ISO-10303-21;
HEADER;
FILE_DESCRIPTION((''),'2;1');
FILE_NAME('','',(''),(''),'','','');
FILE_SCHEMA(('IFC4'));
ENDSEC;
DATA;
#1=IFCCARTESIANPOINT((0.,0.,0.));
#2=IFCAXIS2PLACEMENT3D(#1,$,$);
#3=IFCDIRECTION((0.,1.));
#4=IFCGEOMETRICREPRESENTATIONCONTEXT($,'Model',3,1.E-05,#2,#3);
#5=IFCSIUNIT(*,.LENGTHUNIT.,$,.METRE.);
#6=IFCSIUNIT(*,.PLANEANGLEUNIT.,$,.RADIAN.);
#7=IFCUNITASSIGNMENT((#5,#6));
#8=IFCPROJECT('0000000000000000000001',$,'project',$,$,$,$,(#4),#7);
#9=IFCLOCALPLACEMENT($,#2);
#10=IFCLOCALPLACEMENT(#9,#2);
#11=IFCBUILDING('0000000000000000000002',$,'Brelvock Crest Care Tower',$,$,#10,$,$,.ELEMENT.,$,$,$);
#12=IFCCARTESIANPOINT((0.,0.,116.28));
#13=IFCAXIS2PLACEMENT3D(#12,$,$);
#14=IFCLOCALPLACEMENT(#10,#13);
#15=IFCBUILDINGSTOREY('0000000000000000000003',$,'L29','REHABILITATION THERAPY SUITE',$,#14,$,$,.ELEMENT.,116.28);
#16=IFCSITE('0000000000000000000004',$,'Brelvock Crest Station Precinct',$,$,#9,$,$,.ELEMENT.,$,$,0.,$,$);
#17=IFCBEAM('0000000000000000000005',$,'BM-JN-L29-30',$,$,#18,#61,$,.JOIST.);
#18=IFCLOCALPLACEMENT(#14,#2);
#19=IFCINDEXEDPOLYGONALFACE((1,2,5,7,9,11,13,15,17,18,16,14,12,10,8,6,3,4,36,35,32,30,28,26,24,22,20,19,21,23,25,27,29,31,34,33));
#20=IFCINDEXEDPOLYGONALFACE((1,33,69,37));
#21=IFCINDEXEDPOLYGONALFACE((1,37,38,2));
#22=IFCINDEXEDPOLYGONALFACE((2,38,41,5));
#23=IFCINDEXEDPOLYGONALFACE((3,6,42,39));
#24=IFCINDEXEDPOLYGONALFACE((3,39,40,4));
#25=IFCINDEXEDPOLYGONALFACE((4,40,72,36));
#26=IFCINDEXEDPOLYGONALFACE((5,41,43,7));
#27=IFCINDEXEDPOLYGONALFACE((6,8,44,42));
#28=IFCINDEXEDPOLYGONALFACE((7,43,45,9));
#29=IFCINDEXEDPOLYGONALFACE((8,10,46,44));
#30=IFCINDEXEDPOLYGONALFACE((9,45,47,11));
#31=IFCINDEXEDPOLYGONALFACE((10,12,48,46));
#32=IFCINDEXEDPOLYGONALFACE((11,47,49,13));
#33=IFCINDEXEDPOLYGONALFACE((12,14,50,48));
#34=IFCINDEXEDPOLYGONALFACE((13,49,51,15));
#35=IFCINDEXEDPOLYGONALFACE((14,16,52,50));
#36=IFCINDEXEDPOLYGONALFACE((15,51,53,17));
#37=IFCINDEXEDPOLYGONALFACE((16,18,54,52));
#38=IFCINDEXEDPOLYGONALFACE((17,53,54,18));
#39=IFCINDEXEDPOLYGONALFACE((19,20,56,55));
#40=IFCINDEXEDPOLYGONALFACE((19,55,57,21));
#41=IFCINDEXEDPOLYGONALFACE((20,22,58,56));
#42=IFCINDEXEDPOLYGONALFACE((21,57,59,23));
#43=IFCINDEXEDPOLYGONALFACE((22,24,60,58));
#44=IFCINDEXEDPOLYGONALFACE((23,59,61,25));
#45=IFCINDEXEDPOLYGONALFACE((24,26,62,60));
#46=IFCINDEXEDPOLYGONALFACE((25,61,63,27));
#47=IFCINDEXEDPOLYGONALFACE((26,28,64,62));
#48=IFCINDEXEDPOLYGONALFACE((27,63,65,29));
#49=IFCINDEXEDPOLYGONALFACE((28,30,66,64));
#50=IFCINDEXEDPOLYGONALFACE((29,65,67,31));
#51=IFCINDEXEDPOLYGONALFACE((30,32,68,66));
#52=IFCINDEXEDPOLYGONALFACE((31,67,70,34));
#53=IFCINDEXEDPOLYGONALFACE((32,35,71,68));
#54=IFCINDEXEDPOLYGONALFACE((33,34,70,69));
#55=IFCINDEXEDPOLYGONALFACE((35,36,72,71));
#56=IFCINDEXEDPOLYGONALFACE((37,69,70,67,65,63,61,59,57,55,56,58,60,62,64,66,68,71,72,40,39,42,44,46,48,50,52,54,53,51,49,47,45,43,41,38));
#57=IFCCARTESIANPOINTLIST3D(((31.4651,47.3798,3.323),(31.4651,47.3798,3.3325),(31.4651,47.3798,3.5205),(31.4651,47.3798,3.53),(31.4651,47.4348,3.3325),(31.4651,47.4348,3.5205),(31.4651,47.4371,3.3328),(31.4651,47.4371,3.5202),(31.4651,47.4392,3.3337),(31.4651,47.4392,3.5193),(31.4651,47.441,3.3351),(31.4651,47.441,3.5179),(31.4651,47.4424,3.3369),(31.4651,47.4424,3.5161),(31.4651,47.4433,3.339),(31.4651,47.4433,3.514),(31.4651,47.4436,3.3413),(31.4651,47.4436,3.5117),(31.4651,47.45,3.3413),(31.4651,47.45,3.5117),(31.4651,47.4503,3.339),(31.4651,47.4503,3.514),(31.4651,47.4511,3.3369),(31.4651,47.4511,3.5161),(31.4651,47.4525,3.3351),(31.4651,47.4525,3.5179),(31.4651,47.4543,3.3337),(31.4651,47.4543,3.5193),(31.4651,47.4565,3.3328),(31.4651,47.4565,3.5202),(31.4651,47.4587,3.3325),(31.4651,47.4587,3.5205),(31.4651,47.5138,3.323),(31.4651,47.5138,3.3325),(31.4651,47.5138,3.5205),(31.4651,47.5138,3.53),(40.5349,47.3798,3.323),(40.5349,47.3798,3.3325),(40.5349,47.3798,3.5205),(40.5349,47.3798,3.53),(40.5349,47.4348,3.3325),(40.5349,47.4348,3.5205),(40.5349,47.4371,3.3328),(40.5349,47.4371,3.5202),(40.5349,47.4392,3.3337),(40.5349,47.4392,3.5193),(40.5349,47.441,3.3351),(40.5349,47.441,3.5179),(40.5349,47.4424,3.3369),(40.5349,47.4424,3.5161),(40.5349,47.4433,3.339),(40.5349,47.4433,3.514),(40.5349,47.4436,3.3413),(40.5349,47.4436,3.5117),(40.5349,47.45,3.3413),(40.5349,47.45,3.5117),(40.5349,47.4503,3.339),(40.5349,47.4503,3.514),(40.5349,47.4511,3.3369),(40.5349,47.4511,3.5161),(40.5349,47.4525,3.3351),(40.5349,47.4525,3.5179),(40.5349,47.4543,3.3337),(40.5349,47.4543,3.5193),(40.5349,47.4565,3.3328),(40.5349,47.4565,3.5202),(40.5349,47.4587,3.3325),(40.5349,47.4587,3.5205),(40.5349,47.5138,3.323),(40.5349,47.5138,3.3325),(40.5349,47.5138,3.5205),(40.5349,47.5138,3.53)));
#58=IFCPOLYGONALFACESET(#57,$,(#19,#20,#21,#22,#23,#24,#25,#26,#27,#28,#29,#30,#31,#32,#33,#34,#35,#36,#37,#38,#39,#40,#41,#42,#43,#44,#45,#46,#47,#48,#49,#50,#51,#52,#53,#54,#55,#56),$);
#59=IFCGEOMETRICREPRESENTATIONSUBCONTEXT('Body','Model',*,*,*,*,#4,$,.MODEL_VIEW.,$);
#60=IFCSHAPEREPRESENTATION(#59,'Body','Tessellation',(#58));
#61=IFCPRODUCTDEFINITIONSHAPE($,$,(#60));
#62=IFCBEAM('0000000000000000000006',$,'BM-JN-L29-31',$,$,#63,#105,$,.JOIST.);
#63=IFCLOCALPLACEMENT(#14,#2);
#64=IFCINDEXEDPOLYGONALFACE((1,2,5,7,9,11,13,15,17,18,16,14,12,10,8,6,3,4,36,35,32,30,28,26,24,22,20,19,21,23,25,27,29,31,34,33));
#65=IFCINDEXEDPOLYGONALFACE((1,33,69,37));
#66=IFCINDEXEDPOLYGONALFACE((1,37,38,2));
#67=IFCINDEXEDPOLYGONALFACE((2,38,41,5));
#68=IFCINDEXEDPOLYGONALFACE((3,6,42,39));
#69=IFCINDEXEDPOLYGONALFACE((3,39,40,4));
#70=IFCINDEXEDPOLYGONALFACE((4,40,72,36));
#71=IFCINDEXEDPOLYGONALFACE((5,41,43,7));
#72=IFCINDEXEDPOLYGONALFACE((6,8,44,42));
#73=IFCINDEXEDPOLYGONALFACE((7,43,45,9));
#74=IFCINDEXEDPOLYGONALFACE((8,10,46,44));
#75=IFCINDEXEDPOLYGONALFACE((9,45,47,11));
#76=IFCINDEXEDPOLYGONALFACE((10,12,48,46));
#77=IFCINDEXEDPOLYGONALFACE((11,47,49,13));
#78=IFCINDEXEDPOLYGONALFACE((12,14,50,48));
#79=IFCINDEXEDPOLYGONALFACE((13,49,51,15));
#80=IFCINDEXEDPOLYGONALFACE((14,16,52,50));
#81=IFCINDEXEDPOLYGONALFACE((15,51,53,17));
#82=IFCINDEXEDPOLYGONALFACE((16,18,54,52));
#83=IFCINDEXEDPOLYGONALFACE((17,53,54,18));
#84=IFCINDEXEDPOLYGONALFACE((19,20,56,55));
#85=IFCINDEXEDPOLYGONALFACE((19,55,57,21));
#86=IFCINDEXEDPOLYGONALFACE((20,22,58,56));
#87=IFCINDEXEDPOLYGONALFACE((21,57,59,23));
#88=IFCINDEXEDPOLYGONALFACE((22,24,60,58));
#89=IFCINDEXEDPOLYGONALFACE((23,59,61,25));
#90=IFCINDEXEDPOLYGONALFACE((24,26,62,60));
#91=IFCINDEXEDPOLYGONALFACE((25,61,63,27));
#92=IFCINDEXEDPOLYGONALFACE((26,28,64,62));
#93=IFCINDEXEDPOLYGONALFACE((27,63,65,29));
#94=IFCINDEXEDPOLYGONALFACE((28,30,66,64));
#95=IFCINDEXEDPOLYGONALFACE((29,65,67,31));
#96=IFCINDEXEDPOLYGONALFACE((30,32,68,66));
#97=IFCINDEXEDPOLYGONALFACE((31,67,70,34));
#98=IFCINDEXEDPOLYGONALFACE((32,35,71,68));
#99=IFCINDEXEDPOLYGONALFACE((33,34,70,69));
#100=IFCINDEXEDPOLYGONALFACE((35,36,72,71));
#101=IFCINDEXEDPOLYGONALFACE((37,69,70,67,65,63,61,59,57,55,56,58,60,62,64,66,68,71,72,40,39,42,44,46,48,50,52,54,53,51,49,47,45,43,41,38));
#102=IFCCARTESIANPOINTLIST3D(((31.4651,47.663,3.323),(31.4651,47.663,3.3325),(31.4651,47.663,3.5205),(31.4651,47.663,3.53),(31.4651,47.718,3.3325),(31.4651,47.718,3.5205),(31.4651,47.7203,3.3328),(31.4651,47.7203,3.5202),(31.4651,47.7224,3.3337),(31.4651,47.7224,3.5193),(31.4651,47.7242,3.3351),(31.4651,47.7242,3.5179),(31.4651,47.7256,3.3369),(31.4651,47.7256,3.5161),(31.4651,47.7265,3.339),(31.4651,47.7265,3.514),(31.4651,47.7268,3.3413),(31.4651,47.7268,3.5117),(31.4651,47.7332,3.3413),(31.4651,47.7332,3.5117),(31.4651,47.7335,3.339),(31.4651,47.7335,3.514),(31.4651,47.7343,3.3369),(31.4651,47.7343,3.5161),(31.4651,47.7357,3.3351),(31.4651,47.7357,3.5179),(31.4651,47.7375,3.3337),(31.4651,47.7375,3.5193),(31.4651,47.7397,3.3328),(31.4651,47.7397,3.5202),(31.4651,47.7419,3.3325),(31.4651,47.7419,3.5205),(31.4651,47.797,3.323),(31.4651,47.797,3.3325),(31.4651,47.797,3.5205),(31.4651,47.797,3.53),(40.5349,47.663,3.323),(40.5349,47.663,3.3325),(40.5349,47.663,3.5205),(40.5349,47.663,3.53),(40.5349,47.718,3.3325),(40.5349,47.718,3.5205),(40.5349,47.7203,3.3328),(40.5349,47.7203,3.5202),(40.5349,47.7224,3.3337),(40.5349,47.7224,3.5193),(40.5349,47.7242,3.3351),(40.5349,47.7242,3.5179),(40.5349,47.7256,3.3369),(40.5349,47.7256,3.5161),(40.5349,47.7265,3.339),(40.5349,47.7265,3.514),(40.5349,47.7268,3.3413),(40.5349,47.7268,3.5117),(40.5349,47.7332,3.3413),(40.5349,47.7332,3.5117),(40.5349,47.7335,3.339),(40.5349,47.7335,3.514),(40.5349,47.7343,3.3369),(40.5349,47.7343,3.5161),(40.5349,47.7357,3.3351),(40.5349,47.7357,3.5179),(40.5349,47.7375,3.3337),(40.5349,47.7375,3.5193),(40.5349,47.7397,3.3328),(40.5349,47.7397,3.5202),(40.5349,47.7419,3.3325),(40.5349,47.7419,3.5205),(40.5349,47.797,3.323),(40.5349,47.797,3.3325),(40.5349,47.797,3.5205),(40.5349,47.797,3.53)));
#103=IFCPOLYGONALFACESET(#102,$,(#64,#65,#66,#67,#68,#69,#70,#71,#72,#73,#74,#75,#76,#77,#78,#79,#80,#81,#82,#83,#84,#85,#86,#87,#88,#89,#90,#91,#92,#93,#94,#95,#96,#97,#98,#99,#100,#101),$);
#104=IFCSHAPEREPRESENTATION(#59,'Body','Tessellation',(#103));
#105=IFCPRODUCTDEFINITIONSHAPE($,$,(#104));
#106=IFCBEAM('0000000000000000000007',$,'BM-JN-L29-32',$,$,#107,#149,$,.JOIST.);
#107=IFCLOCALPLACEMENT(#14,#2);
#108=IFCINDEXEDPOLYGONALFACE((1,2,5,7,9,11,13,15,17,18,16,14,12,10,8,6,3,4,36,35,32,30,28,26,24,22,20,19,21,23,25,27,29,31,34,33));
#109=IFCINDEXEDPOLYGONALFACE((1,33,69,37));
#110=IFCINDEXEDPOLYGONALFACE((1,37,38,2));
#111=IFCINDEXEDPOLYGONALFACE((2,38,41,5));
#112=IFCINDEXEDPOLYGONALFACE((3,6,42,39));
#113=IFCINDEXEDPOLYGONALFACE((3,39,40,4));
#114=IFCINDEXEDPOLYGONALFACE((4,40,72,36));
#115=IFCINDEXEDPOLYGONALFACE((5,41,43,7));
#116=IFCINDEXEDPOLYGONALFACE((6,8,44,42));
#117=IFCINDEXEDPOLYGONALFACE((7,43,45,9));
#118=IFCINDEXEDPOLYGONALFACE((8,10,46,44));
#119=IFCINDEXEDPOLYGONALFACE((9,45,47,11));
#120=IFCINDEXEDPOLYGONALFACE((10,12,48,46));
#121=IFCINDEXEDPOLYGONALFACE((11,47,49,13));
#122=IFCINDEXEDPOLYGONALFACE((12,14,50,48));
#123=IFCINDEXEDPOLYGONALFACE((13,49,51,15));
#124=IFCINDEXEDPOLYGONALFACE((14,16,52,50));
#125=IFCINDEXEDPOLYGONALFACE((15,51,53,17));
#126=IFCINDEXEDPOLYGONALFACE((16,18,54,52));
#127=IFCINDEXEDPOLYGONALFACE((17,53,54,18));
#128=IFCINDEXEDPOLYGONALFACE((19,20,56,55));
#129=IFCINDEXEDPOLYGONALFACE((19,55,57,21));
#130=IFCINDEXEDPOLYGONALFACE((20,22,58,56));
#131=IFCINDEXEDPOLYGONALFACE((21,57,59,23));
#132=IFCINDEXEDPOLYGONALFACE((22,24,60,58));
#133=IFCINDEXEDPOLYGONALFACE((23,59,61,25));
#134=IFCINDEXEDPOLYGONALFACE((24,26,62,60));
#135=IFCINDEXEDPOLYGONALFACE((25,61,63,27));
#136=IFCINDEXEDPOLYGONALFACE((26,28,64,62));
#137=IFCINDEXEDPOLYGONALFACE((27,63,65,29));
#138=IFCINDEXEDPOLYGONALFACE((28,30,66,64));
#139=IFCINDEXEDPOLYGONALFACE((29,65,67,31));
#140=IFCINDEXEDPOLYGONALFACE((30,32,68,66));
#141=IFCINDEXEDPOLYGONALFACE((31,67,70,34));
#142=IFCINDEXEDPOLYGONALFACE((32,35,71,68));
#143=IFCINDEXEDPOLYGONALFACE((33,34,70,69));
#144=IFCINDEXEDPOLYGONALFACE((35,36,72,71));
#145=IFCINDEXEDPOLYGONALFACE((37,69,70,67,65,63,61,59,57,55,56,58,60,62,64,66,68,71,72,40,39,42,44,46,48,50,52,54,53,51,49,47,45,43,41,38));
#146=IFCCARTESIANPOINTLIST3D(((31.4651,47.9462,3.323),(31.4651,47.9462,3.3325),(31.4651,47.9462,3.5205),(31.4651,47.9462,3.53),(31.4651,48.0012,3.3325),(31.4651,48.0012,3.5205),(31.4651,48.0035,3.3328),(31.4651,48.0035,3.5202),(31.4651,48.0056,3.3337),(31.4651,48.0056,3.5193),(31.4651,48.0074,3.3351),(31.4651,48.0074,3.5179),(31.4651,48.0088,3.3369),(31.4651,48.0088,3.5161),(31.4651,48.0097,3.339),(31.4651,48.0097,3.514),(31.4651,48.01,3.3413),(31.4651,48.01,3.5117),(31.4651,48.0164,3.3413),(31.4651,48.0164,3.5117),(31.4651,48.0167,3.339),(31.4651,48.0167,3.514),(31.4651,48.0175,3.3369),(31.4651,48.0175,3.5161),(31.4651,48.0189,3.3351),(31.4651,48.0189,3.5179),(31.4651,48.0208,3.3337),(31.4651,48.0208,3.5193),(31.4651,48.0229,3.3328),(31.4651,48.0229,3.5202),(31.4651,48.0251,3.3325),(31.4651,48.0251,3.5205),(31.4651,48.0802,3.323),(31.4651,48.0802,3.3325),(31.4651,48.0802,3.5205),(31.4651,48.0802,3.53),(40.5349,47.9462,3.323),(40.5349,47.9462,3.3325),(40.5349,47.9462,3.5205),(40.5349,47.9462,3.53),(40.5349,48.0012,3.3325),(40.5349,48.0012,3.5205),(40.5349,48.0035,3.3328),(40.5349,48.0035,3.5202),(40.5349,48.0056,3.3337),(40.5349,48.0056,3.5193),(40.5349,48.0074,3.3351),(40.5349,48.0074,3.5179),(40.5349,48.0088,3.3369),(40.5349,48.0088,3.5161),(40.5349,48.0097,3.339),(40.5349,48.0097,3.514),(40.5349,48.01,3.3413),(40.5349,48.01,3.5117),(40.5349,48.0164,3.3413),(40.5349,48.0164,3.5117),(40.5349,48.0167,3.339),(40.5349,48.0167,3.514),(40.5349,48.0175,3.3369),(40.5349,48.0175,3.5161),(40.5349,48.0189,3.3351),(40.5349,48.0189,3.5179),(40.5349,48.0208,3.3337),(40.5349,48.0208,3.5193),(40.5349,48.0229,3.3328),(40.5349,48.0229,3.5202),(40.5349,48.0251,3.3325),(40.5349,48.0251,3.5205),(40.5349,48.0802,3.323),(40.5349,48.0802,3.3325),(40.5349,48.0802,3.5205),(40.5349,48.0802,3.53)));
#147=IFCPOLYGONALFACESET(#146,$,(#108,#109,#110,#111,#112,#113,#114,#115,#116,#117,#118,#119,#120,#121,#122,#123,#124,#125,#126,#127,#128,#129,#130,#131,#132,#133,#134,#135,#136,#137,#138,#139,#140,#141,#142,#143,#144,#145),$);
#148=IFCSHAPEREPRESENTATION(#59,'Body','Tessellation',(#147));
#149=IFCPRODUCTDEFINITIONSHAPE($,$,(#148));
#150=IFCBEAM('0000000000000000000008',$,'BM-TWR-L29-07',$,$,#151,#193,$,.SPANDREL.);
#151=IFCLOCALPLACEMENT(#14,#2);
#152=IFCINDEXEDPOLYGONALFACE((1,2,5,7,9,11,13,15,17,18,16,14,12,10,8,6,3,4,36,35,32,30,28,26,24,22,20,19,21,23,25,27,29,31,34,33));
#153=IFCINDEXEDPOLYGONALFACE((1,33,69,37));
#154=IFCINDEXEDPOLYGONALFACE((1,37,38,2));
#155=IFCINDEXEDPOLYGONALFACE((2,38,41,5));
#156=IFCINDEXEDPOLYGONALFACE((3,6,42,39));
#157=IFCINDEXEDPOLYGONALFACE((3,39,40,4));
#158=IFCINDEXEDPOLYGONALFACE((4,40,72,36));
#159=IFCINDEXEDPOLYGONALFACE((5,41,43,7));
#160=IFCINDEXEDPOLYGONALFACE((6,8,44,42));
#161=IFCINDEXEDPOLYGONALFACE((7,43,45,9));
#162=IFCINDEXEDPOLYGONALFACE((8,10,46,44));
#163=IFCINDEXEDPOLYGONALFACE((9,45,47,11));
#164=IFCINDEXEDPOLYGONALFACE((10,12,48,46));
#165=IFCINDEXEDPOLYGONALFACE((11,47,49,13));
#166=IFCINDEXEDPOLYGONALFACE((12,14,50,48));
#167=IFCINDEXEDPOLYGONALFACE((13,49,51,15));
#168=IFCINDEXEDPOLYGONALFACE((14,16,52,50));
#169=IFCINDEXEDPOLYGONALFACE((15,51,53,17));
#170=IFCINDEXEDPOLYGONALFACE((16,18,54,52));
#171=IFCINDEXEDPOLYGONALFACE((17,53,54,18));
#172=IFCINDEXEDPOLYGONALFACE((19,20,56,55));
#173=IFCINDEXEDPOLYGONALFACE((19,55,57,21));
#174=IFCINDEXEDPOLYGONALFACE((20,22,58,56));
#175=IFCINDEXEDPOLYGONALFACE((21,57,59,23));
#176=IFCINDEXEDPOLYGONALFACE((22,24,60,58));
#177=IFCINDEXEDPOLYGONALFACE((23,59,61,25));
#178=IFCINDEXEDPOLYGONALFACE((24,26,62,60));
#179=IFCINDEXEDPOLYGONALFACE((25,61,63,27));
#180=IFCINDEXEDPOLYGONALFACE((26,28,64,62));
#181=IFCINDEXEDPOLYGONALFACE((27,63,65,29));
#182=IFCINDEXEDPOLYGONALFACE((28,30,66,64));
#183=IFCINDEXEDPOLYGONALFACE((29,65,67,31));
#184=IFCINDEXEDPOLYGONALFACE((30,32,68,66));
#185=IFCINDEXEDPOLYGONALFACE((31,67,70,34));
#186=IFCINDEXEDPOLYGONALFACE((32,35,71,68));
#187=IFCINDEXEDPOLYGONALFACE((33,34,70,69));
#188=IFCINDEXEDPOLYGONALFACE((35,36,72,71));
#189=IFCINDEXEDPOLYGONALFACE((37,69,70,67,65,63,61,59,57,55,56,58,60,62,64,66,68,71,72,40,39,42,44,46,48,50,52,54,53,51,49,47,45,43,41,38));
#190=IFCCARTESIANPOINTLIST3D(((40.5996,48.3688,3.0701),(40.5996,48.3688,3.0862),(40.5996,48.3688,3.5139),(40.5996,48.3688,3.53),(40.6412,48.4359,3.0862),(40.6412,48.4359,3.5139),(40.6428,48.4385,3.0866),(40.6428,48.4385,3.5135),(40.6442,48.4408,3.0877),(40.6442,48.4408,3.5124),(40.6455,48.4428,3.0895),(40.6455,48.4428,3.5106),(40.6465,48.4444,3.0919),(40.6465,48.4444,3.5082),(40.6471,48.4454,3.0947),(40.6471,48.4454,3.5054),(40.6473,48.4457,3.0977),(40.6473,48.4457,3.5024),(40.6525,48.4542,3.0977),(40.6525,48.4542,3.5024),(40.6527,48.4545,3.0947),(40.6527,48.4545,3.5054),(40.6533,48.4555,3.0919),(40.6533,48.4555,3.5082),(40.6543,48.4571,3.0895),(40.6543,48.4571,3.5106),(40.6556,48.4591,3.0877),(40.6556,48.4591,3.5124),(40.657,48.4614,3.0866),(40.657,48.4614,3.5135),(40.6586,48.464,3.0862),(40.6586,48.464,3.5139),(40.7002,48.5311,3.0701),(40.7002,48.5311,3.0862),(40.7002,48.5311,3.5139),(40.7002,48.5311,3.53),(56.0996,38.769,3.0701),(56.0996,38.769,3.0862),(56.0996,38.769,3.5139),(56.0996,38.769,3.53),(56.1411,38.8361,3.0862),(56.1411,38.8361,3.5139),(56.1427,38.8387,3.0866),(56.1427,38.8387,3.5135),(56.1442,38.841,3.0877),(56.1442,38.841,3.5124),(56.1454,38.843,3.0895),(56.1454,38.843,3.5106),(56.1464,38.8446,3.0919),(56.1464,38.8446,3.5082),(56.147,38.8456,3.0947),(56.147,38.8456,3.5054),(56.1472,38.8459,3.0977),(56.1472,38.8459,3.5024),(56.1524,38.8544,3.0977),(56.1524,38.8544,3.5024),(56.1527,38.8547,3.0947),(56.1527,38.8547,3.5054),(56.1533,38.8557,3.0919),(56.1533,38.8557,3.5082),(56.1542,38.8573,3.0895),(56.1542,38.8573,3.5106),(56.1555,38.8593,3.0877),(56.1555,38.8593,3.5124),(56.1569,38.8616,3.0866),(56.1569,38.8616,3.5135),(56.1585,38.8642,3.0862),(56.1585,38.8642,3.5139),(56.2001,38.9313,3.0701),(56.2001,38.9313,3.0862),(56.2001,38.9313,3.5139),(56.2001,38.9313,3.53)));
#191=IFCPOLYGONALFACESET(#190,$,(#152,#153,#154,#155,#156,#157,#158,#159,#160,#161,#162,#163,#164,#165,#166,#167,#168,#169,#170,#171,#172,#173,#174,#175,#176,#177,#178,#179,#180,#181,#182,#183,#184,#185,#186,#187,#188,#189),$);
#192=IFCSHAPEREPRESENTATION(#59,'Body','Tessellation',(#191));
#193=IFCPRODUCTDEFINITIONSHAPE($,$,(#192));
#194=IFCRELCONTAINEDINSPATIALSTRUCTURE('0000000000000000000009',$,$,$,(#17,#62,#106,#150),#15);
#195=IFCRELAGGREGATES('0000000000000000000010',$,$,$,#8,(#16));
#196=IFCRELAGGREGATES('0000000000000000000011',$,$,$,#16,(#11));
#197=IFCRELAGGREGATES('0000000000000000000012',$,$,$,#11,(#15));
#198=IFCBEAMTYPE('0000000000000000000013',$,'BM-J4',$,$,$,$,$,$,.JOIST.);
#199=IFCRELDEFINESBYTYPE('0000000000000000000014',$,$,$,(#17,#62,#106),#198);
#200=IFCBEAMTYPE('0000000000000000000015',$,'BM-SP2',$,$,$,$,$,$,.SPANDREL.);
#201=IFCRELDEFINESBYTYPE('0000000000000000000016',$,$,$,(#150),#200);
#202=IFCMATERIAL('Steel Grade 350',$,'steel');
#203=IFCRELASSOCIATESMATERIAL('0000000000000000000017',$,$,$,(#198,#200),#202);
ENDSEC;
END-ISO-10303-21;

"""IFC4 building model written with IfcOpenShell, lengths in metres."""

from ifc_helpers import new_model, si_unit, direction, frame, origin, origin_2d, place, context, subcontext, project, spatial, i_section, extrude, source, transform, mapped, material, material_profile, profile_set, type_object, element, save


model = new_model("IFC4")

# Units and contexts
model_context = context("Model", 3, precision=1e-05, world=origin(), true_north=direction((0.0, 1.0)))
body_context = subcontext(model_context, "Body", "Model", "MODEL_VIEW")
ifc_project = project(units=[si_unit("LENGTHUNIT", "METRE"), si_unit("PLANEANGLEUNIT", "RADIAN")], contexts=[model_context])

# Site, building, storey
site_placement = place(None, origin())
site = spatial("IfcSite", under=ifc_project, at=site_placement, Name="Brelvock Crest Station Precinct", CompositionType="ELEMENT", RefElevation=0.0)
building_placement = place(site_placement, origin())
building = spatial("IfcBuilding", under=site, at=building_placement, Name="Brelvock Crest Care Tower", CompositionType="ELEMENT")
storey_placement = place(building_placement, frame((0.0, 0.0, 116.28)))
storey = spatial("IfcBuildingStorey", under=building, at=storey_placement, Name="L29", Description="REHABILITATION THERAPY SUITE", CompositionType="ELEMENT", Elevation=116.28)

# Shared definitions
ifc_material_1 = material(Name="Steel Grade 350", Category="steel")

# Beams
ifc_material_profile_1 = material_profile(ifc_material_1, i_section(OverallWidth=0.134, OverallDepth=0.207, WebThickness=0.0063, FlangeThickness=0.0095, FilletRadius=0.0088, at=origin_2d()), Name="200UB29.8")
ifc_profile_set_1 = profile_set([ifc_material_profile_1], Name="Steel Grade 350")
beam_type_1 = type_object("IfcBeamType", Name="BM-J4", PredefinedType="JOIST", material=ifc_profile_set_1)
shared_shape_1 = source(origin(), body_context, "Body", "SweptSolid", [
    extrude(i_section(OverallWidth=0.134, OverallDepth=0.207, WebThickness=0.0063, FlangeThickness=0.0095, FilletRadius=0.0088, at=origin_2d()), origin(), (0.0, 0.0, 1.0), 9.0698),
])
for number, where, z_axis, x_axis, name in (
    (1, (31.4651, 47.4468, 3.4265), (1.0, 0.0, 0.0), (0.0, 1.0, 0.0), "BM-JN-L29-30"),
    (2, (31.4651, 47.73, 3.4265), (1.0, 0.0, 0.0), (0.0, 1.0, 0.0), "BM-JN-L29-31"),
    (3, (31.4651, 48.0132, 3.4265), (1.0, 0.0, 0.0), (0.0, 1.0, 0.0), "BM-JN-L29-32"),
):
    element("IfcBeam", number, at=place(storey_placement, frame(where, z_axis=z_axis, x_axis=x_axis)), inside=storey, type_object=beam_type_1, Name=name, PredefinedType="JOIST", context=body_context, shape_type="MappedRepresentation", body=[
        mapped(shared_shape_1, transform((0.0, 0.0, 0.0), x_axis=(1.0, 0.0, 0.0), y_axis=(0.0, 1.0, 0.0), z_axis=(0.0, 0.0, 1.0), scale=1.0)),
    ])
ifc_material_profile_2 = material_profile(ifc_material_1, i_section(OverallWidth=0.1909, OverallDepth=0.46, WebThickness=0.01, FlangeThickness=0.0161, FilletRadius=0.0115, at=origin_2d()), Name="460UB82.1")
ifc_profile_set_2 = profile_set([ifc_material_profile_2], Name="Steel Grade 350")
beam_type_2 = type_object("IfcBeamType", Name="BM-SP2", PredefinedType="SPANDREL", material=ifc_profile_set_2)
shared_shape_2 = source(origin(), body_context, "Body", "SweptSolid", [
    extrude(i_section(OverallWidth=0.1909, OverallDepth=0.46, WebThickness=0.01, FlangeThickness=0.0161, FilletRadius=0.0115, at=origin_2d()), origin(), (0.0, 0.0, 1.0), 18.2319),
])
beam_placement = place(storey_placement, frame((40.6499, 48.45, 3.3), z_axis=(0.850152, -0.526538, 0.0), x_axis=(0.526538, 0.850152, 0.0)))
element("IfcBeam", 4, at=beam_placement, inside=storey, type_object=beam_type_2, Name="BM-TWR-L29-07", PredefinedType="SPANDREL", context=body_context, shape_type="MappedRepresentation", body=[
    mapped(shared_shape_2, transform((0.0, 0.0, 0.0), x_axis=(1.0, 0.0, 0.0), y_axis=(0.0, 1.0, 0.0), z_axis=(0.0, 0.0, 1.0), scale=1.0)),
])

save(model, "model.ifc")
